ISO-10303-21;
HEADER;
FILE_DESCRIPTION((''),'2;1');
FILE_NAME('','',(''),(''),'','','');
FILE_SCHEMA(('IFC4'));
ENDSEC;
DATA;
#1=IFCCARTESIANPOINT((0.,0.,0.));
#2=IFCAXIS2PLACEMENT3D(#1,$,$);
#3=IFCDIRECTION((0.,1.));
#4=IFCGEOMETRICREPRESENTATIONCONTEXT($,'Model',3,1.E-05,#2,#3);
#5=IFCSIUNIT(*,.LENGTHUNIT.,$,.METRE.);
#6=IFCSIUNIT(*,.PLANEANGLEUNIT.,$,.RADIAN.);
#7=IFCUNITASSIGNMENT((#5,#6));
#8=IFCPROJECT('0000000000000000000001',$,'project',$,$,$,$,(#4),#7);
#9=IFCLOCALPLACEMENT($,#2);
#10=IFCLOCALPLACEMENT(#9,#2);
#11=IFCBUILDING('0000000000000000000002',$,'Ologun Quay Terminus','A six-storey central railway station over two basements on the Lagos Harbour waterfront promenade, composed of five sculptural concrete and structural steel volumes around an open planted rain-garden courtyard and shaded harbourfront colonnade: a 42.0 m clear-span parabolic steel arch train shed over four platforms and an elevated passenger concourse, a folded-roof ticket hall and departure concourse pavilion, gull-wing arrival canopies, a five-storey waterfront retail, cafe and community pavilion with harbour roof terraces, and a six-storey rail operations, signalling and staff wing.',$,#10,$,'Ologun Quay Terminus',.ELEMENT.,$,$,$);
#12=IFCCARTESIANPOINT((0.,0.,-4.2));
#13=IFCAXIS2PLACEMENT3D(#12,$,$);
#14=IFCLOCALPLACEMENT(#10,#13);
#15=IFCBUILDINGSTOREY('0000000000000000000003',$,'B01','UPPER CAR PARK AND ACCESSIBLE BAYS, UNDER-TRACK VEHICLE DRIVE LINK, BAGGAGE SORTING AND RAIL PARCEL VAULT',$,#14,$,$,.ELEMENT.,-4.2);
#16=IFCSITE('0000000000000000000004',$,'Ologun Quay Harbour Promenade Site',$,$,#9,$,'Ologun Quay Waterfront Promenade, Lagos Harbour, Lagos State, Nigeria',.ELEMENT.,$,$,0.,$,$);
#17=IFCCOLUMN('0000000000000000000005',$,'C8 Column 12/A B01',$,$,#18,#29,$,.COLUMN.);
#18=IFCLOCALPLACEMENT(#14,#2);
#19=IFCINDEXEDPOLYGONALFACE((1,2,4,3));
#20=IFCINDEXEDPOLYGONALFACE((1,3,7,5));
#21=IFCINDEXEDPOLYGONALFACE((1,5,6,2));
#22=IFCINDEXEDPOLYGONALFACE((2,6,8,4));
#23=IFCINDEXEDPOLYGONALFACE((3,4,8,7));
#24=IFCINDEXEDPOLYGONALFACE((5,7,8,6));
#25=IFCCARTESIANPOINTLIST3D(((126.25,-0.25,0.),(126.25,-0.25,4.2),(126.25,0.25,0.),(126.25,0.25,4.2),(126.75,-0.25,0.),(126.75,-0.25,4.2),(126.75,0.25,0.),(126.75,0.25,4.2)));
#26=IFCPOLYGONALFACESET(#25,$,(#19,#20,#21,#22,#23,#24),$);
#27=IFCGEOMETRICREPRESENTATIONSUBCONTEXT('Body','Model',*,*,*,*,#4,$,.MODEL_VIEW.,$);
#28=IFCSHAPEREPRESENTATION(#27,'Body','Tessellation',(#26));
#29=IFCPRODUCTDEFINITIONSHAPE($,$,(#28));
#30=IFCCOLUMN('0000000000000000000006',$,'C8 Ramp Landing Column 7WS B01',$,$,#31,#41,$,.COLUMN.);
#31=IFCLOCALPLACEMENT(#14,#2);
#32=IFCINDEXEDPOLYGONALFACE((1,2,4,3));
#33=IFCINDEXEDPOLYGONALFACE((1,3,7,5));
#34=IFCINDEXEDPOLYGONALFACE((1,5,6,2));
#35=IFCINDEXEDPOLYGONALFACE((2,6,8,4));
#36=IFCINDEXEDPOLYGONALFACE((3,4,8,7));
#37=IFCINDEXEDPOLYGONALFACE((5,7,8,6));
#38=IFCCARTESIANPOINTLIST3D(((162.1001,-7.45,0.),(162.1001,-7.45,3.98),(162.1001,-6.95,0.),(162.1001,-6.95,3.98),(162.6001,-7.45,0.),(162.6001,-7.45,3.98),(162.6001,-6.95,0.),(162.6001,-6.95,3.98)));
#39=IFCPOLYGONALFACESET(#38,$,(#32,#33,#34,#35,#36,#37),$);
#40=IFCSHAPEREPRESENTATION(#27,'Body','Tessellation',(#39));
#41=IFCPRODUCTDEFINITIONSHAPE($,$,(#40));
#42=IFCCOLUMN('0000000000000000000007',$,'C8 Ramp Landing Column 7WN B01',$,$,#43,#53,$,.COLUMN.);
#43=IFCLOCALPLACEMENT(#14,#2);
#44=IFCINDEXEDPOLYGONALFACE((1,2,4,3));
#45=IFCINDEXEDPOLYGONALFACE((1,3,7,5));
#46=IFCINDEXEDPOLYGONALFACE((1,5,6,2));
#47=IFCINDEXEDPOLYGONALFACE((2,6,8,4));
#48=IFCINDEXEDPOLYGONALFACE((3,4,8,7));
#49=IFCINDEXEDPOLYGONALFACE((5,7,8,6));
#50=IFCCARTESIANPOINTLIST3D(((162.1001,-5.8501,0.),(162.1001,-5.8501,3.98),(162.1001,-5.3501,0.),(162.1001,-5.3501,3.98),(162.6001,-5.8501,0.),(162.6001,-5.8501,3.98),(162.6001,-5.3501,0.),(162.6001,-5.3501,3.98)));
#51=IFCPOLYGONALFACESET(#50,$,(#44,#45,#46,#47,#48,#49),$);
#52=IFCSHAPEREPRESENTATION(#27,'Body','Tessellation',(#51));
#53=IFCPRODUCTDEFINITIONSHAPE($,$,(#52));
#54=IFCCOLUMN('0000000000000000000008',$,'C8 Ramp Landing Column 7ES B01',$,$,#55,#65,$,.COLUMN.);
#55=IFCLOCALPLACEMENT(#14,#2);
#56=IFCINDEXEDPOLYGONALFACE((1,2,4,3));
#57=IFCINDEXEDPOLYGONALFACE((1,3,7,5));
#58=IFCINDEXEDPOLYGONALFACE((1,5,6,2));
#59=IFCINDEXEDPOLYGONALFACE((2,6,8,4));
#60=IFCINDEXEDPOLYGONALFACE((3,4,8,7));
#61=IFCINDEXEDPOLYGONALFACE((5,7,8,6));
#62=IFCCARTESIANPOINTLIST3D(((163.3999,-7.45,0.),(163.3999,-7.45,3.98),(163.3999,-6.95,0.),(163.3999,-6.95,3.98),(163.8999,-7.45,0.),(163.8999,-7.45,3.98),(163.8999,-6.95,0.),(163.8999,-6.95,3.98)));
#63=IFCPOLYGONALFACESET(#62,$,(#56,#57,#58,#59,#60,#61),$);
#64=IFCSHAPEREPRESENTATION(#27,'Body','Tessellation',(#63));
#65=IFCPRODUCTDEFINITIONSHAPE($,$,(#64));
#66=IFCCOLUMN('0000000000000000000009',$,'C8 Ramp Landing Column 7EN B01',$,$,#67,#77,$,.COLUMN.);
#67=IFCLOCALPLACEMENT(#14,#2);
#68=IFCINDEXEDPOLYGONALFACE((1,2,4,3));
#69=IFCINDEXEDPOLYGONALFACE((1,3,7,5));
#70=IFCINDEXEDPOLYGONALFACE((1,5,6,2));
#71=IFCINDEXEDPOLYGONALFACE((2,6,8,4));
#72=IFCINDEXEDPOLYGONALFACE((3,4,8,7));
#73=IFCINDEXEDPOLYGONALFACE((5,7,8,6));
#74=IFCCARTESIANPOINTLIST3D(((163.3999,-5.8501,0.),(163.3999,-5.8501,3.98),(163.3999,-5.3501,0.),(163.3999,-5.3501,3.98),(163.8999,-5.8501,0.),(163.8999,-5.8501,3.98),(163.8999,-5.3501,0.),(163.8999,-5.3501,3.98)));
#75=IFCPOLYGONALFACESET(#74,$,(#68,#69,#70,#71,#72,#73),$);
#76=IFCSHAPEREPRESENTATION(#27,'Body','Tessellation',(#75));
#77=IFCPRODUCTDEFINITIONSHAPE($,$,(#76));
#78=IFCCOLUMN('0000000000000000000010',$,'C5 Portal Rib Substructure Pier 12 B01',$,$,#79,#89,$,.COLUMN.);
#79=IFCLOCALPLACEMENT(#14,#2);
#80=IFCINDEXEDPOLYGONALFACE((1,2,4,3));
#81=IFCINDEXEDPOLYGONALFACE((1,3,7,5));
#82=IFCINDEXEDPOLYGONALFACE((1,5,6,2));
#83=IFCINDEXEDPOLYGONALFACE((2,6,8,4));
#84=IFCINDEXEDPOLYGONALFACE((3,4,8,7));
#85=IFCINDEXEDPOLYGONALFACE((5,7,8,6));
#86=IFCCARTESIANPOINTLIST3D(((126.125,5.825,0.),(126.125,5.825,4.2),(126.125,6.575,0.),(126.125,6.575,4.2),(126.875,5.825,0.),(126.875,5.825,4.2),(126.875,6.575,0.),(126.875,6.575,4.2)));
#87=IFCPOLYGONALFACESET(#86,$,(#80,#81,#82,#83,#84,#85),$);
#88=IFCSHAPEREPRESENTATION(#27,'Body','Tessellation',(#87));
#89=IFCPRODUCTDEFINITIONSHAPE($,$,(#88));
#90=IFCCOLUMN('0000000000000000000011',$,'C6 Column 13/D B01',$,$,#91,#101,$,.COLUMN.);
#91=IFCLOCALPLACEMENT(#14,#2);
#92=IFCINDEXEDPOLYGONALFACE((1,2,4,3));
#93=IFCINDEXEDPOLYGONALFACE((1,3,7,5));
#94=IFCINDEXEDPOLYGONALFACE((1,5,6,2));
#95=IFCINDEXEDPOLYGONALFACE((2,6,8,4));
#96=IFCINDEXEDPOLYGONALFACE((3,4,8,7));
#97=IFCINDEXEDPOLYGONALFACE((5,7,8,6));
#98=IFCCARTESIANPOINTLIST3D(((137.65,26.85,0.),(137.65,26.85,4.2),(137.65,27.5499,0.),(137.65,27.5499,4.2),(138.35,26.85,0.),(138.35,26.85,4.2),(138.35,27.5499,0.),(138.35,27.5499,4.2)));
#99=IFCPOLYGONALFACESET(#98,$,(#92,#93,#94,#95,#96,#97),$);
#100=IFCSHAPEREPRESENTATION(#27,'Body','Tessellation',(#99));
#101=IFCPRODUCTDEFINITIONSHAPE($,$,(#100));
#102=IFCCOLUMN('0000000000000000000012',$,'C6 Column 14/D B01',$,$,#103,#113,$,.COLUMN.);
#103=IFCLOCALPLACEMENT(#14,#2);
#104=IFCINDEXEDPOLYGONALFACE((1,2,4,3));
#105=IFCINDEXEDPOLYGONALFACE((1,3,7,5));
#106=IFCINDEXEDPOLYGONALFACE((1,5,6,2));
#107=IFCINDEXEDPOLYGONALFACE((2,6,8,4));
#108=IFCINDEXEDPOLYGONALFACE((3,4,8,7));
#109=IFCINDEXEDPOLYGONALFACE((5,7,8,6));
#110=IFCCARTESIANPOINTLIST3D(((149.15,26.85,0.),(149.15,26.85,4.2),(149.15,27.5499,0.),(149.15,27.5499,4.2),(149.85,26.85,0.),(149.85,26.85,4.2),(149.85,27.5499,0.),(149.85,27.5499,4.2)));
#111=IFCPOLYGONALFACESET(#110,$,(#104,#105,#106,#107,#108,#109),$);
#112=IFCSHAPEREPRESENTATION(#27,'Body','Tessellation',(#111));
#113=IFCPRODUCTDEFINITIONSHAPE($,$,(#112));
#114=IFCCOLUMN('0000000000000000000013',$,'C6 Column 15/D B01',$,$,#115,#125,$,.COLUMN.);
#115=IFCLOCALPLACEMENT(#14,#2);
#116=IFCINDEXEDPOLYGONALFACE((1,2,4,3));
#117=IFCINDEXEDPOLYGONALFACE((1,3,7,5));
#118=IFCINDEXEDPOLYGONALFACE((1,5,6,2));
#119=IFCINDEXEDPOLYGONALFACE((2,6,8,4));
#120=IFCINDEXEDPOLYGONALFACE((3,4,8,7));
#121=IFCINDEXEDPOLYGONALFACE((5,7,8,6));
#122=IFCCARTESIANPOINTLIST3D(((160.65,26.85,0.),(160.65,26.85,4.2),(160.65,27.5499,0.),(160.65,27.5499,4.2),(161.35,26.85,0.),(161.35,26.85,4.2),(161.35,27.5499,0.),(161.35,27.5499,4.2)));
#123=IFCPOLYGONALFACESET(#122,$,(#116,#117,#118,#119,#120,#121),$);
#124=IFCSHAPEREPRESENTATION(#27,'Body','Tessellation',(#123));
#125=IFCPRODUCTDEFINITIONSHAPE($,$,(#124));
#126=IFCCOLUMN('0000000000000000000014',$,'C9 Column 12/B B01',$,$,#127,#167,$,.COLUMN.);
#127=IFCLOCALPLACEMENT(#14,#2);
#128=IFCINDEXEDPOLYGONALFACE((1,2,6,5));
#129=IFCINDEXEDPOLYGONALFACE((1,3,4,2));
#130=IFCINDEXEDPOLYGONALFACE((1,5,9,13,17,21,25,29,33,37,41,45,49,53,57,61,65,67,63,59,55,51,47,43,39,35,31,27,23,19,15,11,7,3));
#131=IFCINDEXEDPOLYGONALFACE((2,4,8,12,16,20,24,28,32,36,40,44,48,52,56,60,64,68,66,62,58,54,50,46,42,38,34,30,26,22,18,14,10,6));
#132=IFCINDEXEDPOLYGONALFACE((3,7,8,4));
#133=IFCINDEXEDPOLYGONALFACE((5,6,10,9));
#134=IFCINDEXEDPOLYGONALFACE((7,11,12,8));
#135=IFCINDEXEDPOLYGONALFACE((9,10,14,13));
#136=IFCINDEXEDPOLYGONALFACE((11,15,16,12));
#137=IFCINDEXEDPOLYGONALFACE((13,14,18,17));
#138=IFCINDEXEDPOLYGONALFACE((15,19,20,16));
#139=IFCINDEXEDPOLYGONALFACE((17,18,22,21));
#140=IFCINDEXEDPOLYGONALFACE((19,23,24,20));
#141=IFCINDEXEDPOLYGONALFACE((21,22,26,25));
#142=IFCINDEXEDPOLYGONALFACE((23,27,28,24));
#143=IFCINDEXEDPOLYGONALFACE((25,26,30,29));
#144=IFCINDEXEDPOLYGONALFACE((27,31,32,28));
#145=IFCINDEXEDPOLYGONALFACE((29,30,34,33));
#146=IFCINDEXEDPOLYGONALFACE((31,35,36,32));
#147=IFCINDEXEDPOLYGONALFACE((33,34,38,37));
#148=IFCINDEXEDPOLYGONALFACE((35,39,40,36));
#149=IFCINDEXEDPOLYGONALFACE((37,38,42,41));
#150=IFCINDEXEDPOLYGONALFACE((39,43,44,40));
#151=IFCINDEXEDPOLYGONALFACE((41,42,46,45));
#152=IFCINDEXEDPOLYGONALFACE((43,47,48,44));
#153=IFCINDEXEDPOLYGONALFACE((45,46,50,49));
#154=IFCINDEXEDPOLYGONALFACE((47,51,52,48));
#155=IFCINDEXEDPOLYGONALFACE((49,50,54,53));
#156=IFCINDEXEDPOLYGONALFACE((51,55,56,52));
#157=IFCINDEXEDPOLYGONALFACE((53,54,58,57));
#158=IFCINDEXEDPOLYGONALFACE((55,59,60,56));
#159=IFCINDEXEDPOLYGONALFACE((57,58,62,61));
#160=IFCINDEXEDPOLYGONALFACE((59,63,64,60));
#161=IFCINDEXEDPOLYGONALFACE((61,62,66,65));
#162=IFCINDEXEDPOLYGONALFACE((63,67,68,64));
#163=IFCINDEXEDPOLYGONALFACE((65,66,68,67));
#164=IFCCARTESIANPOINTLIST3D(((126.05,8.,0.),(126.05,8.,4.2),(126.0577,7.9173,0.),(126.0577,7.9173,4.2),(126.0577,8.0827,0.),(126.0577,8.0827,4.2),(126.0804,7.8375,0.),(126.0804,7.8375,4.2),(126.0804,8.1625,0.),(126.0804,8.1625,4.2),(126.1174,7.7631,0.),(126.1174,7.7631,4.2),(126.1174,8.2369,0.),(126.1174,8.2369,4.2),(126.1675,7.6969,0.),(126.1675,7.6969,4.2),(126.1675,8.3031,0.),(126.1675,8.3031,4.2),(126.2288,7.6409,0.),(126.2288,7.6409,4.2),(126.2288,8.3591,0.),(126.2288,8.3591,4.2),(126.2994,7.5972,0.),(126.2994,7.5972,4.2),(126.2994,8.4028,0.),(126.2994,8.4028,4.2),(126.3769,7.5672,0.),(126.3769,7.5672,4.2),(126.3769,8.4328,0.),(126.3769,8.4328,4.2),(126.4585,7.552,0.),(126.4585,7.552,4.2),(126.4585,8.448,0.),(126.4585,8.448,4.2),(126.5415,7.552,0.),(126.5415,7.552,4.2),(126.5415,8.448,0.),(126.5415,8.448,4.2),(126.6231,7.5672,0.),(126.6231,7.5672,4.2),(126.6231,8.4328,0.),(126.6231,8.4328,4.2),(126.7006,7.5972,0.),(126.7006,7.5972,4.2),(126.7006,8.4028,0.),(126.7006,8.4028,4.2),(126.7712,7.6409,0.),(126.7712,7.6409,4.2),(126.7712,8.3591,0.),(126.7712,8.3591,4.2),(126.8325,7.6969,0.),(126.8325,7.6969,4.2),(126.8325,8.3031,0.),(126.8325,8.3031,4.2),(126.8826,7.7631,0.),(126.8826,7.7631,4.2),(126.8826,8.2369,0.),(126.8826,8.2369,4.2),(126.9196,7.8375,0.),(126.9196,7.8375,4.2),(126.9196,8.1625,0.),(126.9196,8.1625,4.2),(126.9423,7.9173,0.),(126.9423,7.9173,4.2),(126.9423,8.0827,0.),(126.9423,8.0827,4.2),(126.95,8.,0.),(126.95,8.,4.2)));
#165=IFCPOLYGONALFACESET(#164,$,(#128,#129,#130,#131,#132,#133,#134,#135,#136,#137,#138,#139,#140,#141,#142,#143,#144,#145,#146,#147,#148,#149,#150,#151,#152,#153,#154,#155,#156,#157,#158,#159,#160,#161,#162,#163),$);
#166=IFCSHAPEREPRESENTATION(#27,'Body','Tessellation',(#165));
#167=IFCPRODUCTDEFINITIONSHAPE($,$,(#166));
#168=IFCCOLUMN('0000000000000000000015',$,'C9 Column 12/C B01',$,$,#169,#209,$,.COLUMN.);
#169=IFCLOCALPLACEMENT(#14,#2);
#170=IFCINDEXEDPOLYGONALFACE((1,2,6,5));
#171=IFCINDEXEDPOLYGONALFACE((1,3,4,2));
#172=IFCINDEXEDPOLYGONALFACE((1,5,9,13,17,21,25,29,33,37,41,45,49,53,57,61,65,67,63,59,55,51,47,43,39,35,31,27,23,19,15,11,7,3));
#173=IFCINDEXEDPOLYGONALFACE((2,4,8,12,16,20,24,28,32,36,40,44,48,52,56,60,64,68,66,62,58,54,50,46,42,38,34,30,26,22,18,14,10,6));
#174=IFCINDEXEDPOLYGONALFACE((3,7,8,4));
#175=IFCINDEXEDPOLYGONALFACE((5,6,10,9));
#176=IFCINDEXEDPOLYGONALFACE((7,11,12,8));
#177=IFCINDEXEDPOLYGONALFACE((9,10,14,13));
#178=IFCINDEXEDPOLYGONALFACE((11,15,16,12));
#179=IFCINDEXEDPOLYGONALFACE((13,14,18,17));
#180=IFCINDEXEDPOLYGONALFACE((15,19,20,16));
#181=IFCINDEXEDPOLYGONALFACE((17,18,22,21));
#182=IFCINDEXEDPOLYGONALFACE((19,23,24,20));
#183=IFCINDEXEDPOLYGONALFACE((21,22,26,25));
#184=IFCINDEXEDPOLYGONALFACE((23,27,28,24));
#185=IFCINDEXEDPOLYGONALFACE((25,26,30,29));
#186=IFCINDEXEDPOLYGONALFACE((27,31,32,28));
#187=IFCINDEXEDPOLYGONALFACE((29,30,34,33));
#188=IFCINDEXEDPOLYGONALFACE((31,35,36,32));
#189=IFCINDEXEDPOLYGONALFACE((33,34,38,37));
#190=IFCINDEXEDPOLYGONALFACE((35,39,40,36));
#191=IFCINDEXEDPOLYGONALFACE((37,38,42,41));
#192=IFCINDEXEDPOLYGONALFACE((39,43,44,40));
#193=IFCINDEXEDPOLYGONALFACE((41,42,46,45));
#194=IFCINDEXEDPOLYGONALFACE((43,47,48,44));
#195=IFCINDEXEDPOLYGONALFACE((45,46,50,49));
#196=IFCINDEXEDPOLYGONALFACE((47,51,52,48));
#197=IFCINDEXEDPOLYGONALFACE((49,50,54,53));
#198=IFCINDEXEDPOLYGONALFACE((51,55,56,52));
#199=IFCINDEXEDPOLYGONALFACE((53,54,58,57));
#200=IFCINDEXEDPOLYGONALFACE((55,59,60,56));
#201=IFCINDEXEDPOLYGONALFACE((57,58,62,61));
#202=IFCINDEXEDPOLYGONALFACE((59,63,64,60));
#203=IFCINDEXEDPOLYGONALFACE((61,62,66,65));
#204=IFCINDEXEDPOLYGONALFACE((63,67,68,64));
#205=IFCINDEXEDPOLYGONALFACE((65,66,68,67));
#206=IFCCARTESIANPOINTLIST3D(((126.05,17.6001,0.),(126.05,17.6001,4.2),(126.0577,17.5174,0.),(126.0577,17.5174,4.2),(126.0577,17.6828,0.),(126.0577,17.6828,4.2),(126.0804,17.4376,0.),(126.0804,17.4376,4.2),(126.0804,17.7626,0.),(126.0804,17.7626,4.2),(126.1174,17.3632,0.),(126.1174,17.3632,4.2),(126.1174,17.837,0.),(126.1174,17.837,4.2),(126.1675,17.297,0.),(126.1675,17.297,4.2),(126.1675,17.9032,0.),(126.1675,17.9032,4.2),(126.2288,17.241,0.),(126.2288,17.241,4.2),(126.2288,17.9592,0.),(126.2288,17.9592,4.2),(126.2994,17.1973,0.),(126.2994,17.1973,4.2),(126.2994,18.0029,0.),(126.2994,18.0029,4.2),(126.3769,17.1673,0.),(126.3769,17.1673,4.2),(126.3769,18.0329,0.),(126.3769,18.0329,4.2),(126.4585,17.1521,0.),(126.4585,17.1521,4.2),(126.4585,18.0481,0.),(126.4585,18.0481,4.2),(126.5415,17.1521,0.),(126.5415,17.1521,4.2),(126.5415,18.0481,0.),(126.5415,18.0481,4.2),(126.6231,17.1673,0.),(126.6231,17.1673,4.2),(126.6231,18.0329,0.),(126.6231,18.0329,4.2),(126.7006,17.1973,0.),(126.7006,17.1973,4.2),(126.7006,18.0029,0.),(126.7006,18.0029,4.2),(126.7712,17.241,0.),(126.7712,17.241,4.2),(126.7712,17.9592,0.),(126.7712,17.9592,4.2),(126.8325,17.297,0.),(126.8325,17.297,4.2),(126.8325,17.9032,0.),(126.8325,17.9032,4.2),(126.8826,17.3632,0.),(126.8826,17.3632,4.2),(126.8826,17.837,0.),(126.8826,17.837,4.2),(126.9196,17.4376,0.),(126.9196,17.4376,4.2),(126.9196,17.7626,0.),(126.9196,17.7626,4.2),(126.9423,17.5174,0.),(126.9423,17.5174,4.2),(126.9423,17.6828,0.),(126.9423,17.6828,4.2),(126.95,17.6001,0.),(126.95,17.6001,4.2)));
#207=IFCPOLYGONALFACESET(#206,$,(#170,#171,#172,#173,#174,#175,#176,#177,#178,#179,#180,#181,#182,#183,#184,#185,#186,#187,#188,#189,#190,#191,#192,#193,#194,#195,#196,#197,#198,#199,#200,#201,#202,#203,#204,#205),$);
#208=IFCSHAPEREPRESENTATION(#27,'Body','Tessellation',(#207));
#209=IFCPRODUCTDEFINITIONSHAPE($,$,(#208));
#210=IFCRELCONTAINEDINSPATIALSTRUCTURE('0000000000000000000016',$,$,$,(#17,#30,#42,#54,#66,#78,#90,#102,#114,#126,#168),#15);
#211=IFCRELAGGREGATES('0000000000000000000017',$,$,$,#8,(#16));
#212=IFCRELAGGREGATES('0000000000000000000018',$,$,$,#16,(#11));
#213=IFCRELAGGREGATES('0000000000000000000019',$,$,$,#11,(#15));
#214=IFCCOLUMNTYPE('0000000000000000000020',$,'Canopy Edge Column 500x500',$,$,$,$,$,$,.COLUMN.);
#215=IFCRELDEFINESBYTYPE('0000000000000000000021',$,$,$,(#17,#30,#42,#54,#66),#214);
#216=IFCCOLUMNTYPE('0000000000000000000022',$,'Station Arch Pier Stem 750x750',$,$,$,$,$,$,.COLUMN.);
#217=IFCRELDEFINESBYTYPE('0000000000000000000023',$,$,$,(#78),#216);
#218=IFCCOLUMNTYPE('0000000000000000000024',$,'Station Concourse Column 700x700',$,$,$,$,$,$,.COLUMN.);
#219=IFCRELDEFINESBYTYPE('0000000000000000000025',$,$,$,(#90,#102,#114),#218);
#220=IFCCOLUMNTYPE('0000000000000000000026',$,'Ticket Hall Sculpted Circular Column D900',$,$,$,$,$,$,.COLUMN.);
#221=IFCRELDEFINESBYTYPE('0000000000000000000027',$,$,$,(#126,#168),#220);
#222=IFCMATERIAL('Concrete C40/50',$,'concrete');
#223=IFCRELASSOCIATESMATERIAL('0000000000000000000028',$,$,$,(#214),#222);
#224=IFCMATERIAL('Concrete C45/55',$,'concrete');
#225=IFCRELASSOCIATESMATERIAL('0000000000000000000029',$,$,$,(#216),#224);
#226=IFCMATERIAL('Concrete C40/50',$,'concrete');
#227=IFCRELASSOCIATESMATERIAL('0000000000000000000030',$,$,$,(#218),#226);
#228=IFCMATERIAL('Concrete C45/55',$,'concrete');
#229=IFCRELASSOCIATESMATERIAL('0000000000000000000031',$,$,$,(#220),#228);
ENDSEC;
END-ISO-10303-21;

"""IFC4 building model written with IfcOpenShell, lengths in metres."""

from ifc_helpers import new_model, si_unit, direction, frame, origin, origin_2d, place, context, subcontext, project, spatial, rectangle, circle, extrude, material, material_profile, profile_set, type_object, element, save


model = new_model("IFC4")

# Units and contexts
model_context = context("Model", 3, precision=1e-05, world=origin(), true_north=direction((0.0, 1.0)))
body_context = subcontext(model_context, "Body", "Model", "MODEL_VIEW")
ifc_project = project(units=[si_unit("LENGTHUNIT", "METRE"), si_unit("PLANEANGLEUNIT", "RADIAN")], contexts=[model_context])

# Site, building, storey
site_placement = place(None, origin())
site = spatial("IfcSite", under=ifc_project, at=site_placement, Name="Ologun Quay Harbour Promenade Site", LongName="Ologun Quay Waterfront Promenade, Lagos Harbour, Lagos State, Nigeria", CompositionType="ELEMENT", RefElevation=0.0)
building_placement = place(site_placement, origin())
building = spatial("IfcBuilding", under=site, at=building_placement, Name="Ologun Quay Terminus", Description="A six-storey central railway station over two basements on the Lagos Harbour waterfront promenade, composed of five sculptural concrete and structural steel volumes around an open planted rain-garden courtyard and shaded harbourfront colonnade: a 42.0 m clear-span parabolic steel arch train shed over four platforms and an elevated passenger concourse, a folded-roof ticket hall and departure concourse pavilion, gull-wing arrival canopies, a five-storey waterfront retail, cafe and community pavilion with harbour roof terraces, and a six-storey rail operations, signalling and staff wing.", LongName="Ologun Quay Terminus", CompositionType="ELEMENT")
storey_placement = place(building_placement, frame((0.0, 0.0, -4.2)))
storey = spatial("IfcBuildingStorey", under=building, at=storey_placement, Name="B01", Description="UPPER CAR PARK AND ACCESSIBLE BAYS, UNDER-TRACK VEHICLE DRIVE LINK, BAGGAGE SORTING AND RAIL PARCEL VAULT", CompositionType="ELEMENT", Elevation=-4.2)

# Columns
ifc_material_1 = material(Name="Concrete C40/50", Category="concrete")
ifc_material_profile_1 = material_profile(ifc_material_1, rectangle(XDim=0.5, YDim=0.5, at=origin_2d()), Name="RC 500x500")
ifc_profile_set_1 = profile_set([ifc_material_profile_1], Name="Concrete C40/50")
column_type_1 = type_object("IfcColumnType", Name="Canopy Edge Column 500x500", PredefinedType="COLUMN", material=ifc_profile_set_1)
column_1_placement = place(storey_placement, frame((126.5, 0.0, 0.0), z_axis=(0.0, 0.0, 1.0), x_axis=(1.0, 0.0, 0.0)))
element("IfcColumn", 1, at=column_1_placement, inside=storey, type_object=column_type_1, Name="C8 Column 12/A B01", PredefinedType="COLUMN", context=body_context, shape_type="SweptSolid", body=[
    extrude(rectangle(XDim=0.5, YDim=0.5, at=origin_2d()), origin(), (0.0, 0.0, 1.0), 4.2),
])
for number, where, z_axis, x_axis, name in (
    (2, (162.3501, -7.2, 0.0), (0.0, 0.0, 1.0), (1.0, 0.0, 0.0), "C8 Ramp Landing Column 7WS B01"),
    (3, (162.3501, -5.6001, 0.0), (0.0, 0.0, 1.0), (1.0, 0.0, 0.0), "C8 Ramp Landing Column 7WN B01"),
    (4, (163.6499, -7.2, 0.0), (0.0, 0.0, 1.0), (1.0, 0.0, 0.0), "C8 Ramp Landing Column 7ES B01"),
    (5, (163.6499, -5.6001, 0.0), (0.0, 0.0, 1.0), (1.0, 0.0, 0.0), "C8 Ramp Landing Column 7EN B01"),
):
    element("IfcColumn", number, at=place(storey_placement, frame(where, z_axis=z_axis, x_axis=x_axis)), inside=storey, type_object=column_type_1, Name=name, PredefinedType="COLUMN", context=body_context, shape_type="SweptSolid", body=[
        extrude(rectangle(XDim=0.5, YDim=0.5, at=origin_2d()), origin(), (0.0, 0.0, 1.0), 3.98),
    ])
ifc_material_2 = material(Name="Concrete C45/55", Category="concrete")
ifc_material_profile_2 = material_profile(ifc_material_2, rectangle(XDim=0.75, YDim=0.75, at=origin_2d()), Name="RC 750x750")
ifc_profile_set_2 = profile_set([ifc_material_profile_2], Name="Concrete C45/55")
column_type_2 = type_object("IfcColumnType", Name="Station Arch Pier Stem 750x750", PredefinedType="COLUMN", material=ifc_profile_set_2)
column_2_placement = place(storey_placement, frame((126.5, 6.2, 0.0), z_axis=(0.0, 0.0, 1.0), x_axis=(1.0, 0.0, 0.0)))
element("IfcColumn", 6, at=column_2_placement, inside=storey, type_object=column_type_2, Name="C5 Portal Rib Substructure Pier 12 B01", PredefinedType="COLUMN", context=body_context, shape_type="SweptSolid", body=[
    extrude(rectangle(XDim=0.75, YDim=0.75, at=origin_2d()), origin(), (0.0, 0.0, 1.0), 4.2),
])
ifc_material_3 = material(Name="Concrete C40/50", Category="concrete")
ifc_material_profile_3 = material_profile(ifc_material_3, rectangle(XDim=0.7, YDim=0.7, at=origin_2d()), Name="RC 700x700")
ifc_profile_set_3 = profile_set([ifc_material_profile_3], Name="Concrete C40/50")
column_type_3 = type_object("IfcColumnType", Name="Station Concourse Column 700x700", PredefinedType="COLUMN", material=ifc_profile_set_3)
for number, where, z_axis, x_axis, name in (
    (7, (138.0, 27.2, 0.0), (0.0, 0.0, 1.0), (1.0, 0.0, 0.0), "C6 Column 13/D B01"),
    (8, (149.5, 27.2, 0.0), (0.0, 0.0, 1.0), (1.0, 0.0, 0.0), "C6 Column 14/D B01"),
    (9, (161.0, 27.2, 0.0), (0.0, 0.0, 1.0), (1.0, 0.0, 0.0), "C6 Column 15/D B01"),
):
    element("IfcColumn", number, at=place(storey_placement, frame(where, z_axis=z_axis, x_axis=x_axis)), inside=storey, type_object=column_type_3, Name=name, PredefinedType="COLUMN", context=body_context, shape_type="SweptSolid", body=[
        extrude(rectangle(XDim=0.7, YDim=0.7, at=origin_2d()), origin(), (0.0, 0.0, 1.0), 4.2),
    ])
ifc_material_4 = material(Name="Concrete C45/55", Category="concrete")
ifc_material_profile_4 = material_profile(ifc_material_4, circle(Radius=0.45, at=origin_2d()), Name="RC D900")
ifc_profile_set_4 = profile_set([ifc_material_profile_4], Name="Concrete C45/55")
column_type_4 = type_object("IfcColumnType", Name="Ticket Hall Sculpted Circular Column D900", PredefinedType="COLUMN", material=ifc_profile_set_4)
for number, where, z_axis, x_axis, name in (
    (10, (126.5, 8.0, 0.0), (0.0, 0.0, 1.0), (1.0, 0.0, 0.0), "C9 Column 12/B B01"),
    (11, (126.5, 17.6001, 0.0), (0.0, 0.0, 1.0), (1.0, 0.0, 0.0), "C9 Column 12/C B01"),
):
    element("IfcColumn", number, at=place(storey_placement, frame(where, z_axis=z_axis, x_axis=x_axis)), inside=storey, type_object=column_type_4, Name=name, PredefinedType="COLUMN", context=body_context, shape_type="SweptSolid", body=[
        extrude(circle(Radius=0.45, at=origin_2d()), origin(), (0.0, 0.0, 1.0), 4.2),
    ])

save(model, "model.ifc")
